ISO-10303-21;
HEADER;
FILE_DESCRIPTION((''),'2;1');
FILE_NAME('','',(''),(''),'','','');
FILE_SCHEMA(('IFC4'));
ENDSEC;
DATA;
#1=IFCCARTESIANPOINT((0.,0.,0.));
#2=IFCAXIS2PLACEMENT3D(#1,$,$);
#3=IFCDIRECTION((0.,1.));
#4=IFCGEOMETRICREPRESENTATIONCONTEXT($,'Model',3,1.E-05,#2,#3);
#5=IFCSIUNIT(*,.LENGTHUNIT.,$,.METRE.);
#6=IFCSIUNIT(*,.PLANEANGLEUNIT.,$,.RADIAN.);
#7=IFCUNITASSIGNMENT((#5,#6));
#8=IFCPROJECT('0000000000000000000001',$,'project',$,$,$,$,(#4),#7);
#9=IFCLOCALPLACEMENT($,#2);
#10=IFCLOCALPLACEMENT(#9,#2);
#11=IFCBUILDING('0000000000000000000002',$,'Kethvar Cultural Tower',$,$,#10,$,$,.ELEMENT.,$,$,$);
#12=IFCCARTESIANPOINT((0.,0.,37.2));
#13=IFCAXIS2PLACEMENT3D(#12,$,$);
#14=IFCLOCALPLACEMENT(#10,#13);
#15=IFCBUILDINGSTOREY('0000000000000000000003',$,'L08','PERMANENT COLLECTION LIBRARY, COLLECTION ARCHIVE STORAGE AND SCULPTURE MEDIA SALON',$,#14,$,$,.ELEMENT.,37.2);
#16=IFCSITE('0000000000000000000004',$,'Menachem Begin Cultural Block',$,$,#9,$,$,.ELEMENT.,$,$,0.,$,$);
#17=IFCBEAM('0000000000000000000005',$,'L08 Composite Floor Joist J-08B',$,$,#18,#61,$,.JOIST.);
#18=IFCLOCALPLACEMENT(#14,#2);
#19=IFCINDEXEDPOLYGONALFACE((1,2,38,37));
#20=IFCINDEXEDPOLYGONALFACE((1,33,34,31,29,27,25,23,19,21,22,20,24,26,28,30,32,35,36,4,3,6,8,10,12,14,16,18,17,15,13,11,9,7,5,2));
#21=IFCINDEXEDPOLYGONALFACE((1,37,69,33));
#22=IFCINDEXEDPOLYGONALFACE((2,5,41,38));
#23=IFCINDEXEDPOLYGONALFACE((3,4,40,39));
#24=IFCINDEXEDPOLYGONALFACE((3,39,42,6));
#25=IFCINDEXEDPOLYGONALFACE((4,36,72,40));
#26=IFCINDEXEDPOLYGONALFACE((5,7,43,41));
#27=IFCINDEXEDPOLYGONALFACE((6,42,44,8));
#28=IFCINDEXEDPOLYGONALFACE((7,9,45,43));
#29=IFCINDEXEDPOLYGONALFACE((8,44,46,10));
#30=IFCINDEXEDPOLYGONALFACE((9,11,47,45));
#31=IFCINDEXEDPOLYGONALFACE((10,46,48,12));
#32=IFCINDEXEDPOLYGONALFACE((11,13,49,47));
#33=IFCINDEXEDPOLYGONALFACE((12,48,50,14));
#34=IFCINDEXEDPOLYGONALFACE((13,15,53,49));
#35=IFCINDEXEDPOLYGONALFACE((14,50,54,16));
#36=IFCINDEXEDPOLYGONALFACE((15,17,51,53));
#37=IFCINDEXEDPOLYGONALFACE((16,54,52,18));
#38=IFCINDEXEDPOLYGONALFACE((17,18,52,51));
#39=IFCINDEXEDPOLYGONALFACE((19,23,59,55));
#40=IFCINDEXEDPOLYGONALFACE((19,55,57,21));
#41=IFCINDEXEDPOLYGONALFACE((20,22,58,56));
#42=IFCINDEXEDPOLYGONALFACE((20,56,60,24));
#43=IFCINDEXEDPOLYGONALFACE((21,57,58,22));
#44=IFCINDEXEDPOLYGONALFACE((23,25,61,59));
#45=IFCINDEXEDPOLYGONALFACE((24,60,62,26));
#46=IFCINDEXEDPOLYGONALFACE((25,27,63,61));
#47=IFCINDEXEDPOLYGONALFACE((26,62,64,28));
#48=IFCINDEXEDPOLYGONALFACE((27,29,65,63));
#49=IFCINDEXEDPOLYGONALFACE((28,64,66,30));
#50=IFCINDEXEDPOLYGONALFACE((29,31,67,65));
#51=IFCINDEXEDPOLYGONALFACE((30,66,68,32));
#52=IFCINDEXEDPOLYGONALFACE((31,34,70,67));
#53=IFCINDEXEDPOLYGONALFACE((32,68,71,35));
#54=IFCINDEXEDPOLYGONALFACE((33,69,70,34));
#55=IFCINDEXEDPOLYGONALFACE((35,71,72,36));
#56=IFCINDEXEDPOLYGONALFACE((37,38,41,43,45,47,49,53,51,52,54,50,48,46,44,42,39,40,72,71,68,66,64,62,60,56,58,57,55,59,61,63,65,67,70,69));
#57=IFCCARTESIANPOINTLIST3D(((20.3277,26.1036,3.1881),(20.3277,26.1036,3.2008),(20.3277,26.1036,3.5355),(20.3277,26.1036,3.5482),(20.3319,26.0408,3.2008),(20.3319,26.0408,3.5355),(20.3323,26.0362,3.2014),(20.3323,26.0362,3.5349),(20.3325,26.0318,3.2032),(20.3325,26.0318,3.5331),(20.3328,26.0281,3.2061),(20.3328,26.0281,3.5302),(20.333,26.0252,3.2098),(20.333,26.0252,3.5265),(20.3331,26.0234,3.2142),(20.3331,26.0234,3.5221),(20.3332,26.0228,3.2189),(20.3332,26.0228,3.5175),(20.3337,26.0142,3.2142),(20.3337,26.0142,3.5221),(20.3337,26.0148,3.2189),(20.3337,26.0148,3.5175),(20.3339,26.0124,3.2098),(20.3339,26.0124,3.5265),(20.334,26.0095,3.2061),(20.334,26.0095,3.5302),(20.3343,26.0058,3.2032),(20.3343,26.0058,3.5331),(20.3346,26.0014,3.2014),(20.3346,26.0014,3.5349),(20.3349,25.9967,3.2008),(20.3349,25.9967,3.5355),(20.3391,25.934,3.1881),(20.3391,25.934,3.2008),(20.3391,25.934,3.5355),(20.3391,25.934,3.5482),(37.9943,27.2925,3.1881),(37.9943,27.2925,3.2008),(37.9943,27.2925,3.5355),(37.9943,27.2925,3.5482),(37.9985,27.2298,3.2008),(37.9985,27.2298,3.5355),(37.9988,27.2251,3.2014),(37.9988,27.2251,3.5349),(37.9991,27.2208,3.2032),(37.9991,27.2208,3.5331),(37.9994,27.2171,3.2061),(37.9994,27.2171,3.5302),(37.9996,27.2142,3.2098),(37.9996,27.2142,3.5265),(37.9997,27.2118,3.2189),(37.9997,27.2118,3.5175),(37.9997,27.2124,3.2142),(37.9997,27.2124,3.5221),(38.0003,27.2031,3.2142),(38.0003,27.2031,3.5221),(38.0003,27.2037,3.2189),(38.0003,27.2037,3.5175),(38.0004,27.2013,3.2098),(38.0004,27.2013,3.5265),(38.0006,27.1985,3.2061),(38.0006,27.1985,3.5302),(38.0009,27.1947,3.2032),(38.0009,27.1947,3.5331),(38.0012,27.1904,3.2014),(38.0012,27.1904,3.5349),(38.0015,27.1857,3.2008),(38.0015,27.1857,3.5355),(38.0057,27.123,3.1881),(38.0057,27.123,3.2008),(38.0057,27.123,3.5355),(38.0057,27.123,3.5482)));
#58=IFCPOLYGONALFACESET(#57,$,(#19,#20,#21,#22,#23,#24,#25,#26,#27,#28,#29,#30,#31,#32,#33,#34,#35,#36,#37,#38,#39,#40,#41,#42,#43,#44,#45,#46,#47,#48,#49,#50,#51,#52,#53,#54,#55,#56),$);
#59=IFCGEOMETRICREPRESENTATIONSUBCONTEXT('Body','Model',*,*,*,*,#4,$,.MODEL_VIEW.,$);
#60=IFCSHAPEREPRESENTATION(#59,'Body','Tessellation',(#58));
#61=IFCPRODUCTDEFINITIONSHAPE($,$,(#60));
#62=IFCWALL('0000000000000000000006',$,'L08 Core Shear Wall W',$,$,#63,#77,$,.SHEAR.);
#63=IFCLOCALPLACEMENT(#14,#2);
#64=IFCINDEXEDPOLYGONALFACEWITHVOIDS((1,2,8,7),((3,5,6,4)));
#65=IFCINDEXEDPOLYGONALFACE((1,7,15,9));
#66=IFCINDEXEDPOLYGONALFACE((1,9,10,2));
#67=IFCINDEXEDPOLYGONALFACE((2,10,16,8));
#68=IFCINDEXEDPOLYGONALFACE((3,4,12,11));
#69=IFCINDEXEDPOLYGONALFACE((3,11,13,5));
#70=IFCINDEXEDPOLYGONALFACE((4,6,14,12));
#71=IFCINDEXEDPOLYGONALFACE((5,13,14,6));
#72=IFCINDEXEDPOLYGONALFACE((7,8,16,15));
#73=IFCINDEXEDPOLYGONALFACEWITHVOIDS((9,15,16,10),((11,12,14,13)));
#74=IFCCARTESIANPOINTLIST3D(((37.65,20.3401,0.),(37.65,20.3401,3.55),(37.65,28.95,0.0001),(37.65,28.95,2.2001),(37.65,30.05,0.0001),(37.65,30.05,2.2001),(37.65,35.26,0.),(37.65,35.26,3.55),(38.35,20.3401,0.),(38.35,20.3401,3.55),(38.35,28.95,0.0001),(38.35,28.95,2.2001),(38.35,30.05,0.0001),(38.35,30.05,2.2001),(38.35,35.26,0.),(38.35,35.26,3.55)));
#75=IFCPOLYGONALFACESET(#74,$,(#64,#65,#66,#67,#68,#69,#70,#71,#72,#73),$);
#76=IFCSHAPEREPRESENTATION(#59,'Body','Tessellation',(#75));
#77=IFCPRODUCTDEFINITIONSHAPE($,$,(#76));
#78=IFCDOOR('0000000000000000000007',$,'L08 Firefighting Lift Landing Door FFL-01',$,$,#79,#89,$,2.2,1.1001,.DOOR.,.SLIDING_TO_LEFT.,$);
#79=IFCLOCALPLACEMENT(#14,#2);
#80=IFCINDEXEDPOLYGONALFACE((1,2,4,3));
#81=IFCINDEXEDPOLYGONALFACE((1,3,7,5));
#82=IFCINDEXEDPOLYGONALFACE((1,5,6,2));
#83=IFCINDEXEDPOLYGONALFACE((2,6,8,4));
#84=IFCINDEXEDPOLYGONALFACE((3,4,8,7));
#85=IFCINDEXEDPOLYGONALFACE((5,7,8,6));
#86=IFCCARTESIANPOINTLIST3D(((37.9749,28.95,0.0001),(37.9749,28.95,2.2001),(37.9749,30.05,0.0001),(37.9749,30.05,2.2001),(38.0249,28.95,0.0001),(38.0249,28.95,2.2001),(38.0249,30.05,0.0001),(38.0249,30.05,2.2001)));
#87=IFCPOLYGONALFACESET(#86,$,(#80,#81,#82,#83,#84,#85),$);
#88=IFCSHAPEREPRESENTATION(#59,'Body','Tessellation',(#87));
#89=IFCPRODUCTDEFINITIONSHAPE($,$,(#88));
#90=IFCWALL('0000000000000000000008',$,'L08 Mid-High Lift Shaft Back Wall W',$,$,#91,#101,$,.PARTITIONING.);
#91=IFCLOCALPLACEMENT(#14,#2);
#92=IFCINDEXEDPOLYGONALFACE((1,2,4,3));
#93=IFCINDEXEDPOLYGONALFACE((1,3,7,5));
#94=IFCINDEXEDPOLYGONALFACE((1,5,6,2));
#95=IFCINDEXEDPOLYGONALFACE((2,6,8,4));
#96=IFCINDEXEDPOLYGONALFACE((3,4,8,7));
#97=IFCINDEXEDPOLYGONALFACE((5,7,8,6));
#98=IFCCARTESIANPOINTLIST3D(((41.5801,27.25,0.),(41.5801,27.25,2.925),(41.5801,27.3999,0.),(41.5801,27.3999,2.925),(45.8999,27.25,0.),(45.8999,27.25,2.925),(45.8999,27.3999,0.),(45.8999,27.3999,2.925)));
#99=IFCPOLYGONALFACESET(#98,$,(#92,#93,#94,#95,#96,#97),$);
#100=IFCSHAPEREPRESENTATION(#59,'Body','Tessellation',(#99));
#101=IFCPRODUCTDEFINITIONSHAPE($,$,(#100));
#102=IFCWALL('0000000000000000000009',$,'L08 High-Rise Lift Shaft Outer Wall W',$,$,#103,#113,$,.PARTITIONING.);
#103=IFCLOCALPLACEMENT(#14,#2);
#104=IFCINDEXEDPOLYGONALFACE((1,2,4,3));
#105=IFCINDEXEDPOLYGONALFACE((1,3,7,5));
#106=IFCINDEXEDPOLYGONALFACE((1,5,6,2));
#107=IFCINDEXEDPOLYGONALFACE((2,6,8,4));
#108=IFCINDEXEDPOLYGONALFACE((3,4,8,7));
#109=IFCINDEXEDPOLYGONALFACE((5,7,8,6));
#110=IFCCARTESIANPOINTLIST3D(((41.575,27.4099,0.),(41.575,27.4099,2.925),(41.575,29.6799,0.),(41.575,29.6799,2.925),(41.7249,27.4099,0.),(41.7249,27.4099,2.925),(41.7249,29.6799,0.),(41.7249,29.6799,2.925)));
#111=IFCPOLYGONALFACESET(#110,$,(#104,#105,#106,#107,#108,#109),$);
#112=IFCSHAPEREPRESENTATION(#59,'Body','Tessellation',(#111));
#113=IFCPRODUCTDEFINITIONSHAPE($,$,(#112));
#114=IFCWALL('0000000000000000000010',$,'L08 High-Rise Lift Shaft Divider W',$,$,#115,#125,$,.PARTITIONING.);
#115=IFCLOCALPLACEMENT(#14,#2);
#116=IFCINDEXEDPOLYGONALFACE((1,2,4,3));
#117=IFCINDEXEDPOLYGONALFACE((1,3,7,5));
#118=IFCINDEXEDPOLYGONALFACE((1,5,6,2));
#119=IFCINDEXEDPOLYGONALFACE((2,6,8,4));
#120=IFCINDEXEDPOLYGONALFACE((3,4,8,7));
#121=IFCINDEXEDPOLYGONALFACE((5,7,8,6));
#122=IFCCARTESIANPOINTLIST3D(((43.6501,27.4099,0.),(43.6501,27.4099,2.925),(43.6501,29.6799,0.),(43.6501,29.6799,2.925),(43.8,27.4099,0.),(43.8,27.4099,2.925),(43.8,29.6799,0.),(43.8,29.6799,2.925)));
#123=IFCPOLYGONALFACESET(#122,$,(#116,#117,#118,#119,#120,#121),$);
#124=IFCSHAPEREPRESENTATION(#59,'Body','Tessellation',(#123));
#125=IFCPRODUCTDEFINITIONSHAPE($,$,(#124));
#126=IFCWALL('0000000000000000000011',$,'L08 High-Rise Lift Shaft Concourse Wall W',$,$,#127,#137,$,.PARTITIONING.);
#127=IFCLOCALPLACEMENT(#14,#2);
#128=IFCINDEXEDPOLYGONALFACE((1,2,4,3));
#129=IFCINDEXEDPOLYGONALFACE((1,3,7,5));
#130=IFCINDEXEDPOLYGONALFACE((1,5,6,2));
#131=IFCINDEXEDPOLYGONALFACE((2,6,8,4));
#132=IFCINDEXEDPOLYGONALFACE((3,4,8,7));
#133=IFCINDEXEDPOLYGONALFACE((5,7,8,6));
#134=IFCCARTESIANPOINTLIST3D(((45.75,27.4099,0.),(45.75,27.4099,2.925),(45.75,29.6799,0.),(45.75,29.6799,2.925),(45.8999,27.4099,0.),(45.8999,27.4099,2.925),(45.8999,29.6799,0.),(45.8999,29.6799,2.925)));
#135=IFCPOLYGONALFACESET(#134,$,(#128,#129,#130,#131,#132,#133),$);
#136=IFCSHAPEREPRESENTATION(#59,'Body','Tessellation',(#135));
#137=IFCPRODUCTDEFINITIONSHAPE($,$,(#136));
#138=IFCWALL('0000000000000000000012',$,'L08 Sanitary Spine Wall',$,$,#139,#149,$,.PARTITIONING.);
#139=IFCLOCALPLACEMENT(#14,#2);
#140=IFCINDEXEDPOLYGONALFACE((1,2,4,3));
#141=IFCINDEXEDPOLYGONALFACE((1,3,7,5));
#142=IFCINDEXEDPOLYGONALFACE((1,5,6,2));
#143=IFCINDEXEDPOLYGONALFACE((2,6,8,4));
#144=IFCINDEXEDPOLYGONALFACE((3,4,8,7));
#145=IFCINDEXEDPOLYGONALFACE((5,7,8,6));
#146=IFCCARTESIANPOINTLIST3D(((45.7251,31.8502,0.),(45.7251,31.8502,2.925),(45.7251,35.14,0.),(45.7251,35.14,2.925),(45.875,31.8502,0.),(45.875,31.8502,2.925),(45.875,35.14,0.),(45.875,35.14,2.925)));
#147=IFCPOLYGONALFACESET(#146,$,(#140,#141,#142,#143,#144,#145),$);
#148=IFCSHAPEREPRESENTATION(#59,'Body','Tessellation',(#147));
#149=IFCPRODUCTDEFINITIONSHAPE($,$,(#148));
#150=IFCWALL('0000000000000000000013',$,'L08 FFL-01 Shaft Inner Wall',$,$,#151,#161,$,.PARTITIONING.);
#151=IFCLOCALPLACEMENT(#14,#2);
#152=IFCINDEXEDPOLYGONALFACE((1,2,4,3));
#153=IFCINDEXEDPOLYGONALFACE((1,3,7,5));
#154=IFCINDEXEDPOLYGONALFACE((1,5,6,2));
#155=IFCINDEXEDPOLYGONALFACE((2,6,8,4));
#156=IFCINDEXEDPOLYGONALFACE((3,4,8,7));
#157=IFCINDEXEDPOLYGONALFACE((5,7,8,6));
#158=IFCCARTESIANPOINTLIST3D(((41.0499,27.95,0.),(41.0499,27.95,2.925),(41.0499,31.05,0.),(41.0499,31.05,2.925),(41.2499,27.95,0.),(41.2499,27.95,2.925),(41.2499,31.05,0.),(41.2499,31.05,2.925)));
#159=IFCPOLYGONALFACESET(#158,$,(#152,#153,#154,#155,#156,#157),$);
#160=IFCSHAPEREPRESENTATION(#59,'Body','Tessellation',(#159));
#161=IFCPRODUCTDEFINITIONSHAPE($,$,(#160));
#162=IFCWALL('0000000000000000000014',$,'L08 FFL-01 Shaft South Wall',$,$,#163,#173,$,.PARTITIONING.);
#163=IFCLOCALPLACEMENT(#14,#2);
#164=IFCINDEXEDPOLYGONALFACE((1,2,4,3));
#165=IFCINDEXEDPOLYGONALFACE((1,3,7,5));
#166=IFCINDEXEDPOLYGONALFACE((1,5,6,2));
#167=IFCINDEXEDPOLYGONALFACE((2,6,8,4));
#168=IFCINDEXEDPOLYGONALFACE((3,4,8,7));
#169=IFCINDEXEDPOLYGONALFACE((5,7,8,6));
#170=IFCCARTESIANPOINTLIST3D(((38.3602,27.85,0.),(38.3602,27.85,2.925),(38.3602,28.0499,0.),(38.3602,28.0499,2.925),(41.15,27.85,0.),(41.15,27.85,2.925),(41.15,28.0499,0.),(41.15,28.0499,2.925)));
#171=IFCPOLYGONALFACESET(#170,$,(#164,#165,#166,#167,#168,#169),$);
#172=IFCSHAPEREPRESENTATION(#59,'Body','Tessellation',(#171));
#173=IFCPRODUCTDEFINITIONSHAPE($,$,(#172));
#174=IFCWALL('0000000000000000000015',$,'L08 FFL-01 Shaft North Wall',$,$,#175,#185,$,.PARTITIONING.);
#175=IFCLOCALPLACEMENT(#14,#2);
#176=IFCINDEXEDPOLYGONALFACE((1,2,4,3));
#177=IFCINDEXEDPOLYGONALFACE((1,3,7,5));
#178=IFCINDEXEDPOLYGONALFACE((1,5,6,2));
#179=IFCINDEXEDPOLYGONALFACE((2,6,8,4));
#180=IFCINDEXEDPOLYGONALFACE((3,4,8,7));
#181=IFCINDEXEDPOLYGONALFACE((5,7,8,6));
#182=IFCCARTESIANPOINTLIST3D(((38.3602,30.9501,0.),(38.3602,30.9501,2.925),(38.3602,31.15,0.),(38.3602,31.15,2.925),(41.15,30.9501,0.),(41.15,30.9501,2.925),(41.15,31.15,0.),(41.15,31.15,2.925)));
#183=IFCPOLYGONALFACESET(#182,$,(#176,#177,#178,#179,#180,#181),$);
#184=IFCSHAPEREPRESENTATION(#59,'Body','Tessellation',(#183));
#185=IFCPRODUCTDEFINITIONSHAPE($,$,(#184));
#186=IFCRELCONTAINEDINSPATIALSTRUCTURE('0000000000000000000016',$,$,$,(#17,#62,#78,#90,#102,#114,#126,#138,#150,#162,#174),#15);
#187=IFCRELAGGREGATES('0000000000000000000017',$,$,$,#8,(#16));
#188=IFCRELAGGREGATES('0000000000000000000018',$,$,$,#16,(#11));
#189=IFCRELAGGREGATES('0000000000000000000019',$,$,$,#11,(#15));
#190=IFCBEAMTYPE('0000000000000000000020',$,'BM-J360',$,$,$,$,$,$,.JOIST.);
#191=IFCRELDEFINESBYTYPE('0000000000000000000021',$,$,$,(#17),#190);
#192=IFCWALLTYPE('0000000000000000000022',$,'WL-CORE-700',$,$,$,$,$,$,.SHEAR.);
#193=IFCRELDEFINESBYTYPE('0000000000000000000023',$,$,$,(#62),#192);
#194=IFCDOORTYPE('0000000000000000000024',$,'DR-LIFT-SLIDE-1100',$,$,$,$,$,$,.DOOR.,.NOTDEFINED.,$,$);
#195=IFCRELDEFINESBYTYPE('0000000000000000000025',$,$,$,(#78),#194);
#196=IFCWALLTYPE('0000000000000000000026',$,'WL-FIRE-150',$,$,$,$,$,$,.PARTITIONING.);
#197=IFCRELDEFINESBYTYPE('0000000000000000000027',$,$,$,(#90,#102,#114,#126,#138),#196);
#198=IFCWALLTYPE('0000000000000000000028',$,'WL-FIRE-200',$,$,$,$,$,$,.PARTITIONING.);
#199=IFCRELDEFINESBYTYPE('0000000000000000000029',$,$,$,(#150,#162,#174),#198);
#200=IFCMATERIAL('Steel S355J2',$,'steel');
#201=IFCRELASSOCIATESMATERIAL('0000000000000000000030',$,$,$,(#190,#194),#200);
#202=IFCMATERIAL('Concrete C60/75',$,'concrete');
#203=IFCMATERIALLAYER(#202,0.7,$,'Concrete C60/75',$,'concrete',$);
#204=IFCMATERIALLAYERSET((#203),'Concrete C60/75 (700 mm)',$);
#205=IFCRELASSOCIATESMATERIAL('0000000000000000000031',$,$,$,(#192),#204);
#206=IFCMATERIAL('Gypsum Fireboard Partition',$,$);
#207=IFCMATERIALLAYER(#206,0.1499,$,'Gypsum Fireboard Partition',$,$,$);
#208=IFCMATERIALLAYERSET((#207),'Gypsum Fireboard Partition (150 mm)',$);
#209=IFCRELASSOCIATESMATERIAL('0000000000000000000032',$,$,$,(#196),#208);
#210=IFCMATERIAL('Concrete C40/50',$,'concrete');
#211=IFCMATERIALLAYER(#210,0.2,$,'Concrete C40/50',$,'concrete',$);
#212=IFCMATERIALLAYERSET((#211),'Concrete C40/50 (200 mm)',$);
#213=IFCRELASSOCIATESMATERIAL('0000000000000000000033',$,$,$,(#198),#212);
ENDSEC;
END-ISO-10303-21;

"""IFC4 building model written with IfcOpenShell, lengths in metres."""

from ifc_helpers import new_model, si_unit, direction, frame, frame_2d, origin, origin_2d, place, context, subcontext, project, spatial, rectangle, i_section, extrude, source, transform, mapped, material, layer, layer_set, material_profile, profile_set, type_object, element, fill, save


model = new_model("IFC4")

# Units and contexts
model_context = context("Model", 3, precision=1e-05, world=origin(), true_north=direction((0.0, 1.0)))
body_context = subcontext(model_context, "Body", "Model", "MODEL_VIEW")
ifc_project = project(units=[si_unit("LENGTHUNIT", "METRE"), si_unit("PLANEANGLEUNIT", "RADIAN")], contexts=[model_context])

# Site, building, storey
site_placement = place(None, origin())
site = spatial("IfcSite", under=ifc_project, at=site_placement, Name="Menachem Begin Cultural Block", CompositionType="ELEMENT", RefElevation=0.0)
building_placement = place(site_placement, origin())
building = spatial("IfcBuilding", under=site, at=building_placement, Name="Kethvar Cultural Tower", CompositionType="ELEMENT")
storey_placement = place(building_placement, frame((0.0, 0.0, 37.2)))
storey = spatial("IfcBuildingStorey", under=building, at=storey_placement, Name="L08", Description="PERMANENT COLLECTION LIBRARY, COLLECTION ARCHIVE STORAGE AND SCULPTURE MEDIA SALON", CompositionType="ELEMENT", Elevation=37.2)

# Beam
ifc_material_1 = material(Name="Steel S355J2", Category="steel")
ifc_material_profile_1 = material_profile(ifc_material_1, i_section(OverallWidth=0.1699, OverallDepth=0.3601, WebThickness=0.0081, FlangeThickness=0.0127, FilletRadius=0.0181, at=origin_2d()), Name="Steel S355J2 — IPE360")
ifc_profile_set_1 = profile_set([ifc_material_profile_1], Name="Steel S355J2 — IPE360")
beam_type_1 = type_object("IfcBeamType", Name="BM-J360", PredefinedType="JOIST", material=ifc_profile_set_1)
shared_shape_1 = source(origin(), body_context, "Body", "SweptSolid", [
    extrude(i_section(OverallWidth=0.1699, OverallDepth=0.3601, WebThickness=0.0081, FlangeThickness=0.0127, FilletRadius=0.0181, at=origin_2d()), origin(), (0.0, 0.0, 1.0), 17.7065),
])
beam_1_placement = place(storey_placement, frame((38.0, 27.2078, 3.3682), z_axis=(-0.997743, -0.067149, 0.0), x_axis=(0.067149, -0.997743, 0.0)))
element("IfcBeam", 1, at=beam_1_placement, inside=storey, type_object=beam_type_1, Name="L08 Composite Floor Joist J-08B", PredefinedType="JOIST", context=body_context, shape_type="MappedRepresentation", body=[
    mapped(shared_shape_1, transform((0.0, 0.0, 0.0), scale=1.0)),
])

# Wall, opening, door
ifc_material_2 = material(Name="Concrete C60/75", Category="concrete")
ifc_layer_1 = layer(ifc_material_2, 0.7, Name="Concrete C60/75", Category="concrete")
ifc_layer_set_1 = layer_set([ifc_layer_1], Name="Concrete C60/75 (700 mm)")
wall_type_1 = type_object("IfcWallType", Name="WL-CORE-700", PredefinedType="SHEAR", material=ifc_layer_set_1)
wall_1_placement = place(storey_placement, frame((38.0, 35.26, 0.0), z_axis=(0.0, 0.0, 1.0), x_axis=(0.0, -1.0, 0.0)))
wall_1 = element("IfcWall", 2, at=wall_1_placement, inside=storey, type_object=wall_type_1, Name="L08 Core Shear Wall W", PredefinedType="SHEAR", context=body_context, shape_type="SweptSolid", body=[
    extrude(rectangle(XDim=14.9199, YDim=0.7, at=frame_2d((7.46, 0.0))), origin(), (0.0, 0.0, 1.0), 3.55),
])
opening_placement = place(wall_1_placement, frame((5.21, 0.0, 0.0)))
opening = element("IfcOpeningElement", 3, at=opening_placement, cuts=wall_1, PredefinedType="OPENING", context=body_context, shape_type="SweptSolid", body=[
    extrude(rectangle(XDim=1.1001, YDim=2.2, at=frame_2d((0.55, 1.1001))), frame((0.0, 0.3599, 0.0), z_axis=(0.0, -1.0, 0.0), x_axis=(1.0, 0.0, 0.0)), (0.0, 0.0, 1.0), 0.72),
])
door_type = type_object("IfcDoorType", Name="DR-LIFT-SLIDE-1100", OperationType="NOTDEFINED", PredefinedType="DOOR", material=ifc_material_1)
shared_shape_2 = source(origin(), body_context, "Body", "SweptSolid", [
    extrude(rectangle(XDim=1.1001, YDim=2.2, at=frame_2d((0.55, 1.1001))), frame((0.0, 0.0249, 0.0), z_axis=(0.0, -1.0, 0.0), x_axis=(1.0, 0.0, 0.0)), (0.0, 0.0, 1.0), 0.05),
])
door_placement = place(opening_placement, origin())
door = element("IfcDoor", 4, at=door_placement, inside=storey, type_object=door_type, Name="L08 Firefighting Lift Landing Door FFL-01", OperationType="SLIDING_TO_LEFT", OverallHeight=2.2, OverallWidth=1.1001, PredefinedType="DOOR", context=body_context, shape_type="MappedRepresentation", body=[
    mapped(shared_shape_2, transform((0.0, 0.0, 0.0), scale=1.0)),
])
fill(opening, door)

# Walls
ifc_material_3 = material(Name="Gypsum Fireboard Partition")
ifc_layer_2 = layer(ifc_material_3, 0.1499, Name="Gypsum Fireboard Partition")
ifc_layer_set_2 = layer_set([ifc_layer_2], Name="Gypsum Fireboard Partition (150 mm)")
wall_type_2 = type_object("IfcWallType", Name="WL-FIRE-150", PredefinedType="PARTITIONING", material=ifc_layer_set_2)
wall_2_placement = place(storey_placement, frame((41.5801, 27.325, 0.0), z_axis=(0.0, 0.0, 1.0), x_axis=(1.0, 0.0, 0.0)))
element("IfcWall", 5, at=wall_2_placement, inside=storey, type_object=wall_type_2, Name="L08 Mid-High Lift Shaft Back Wall W", PredefinedType="PARTITIONING", context=body_context, shape_type="SweptSolid", body=[
    extrude(rectangle(XDim=4.3198, YDim=0.1499, at=frame_2d((2.1599, 0.0))), origin(), (0.0, 0.0, 1.0), 2.925),
])
for number, where, z_axis, x_axis, name in (
    (6, (41.6499, 27.4099, 0.0), (0.0, 0.0, 1.0), (0.0, 1.0, 0.0), "L08 High-Rise Lift Shaft Outer Wall W"),
    (7, (43.7251, 27.4099, 0.0), (0.0, 0.0, 1.0), (0.0, 1.0, 0.0), "L08 High-Rise Lift Shaft Divider W"),
    (8, (45.825, 27.4099, 0.0), (0.0, 0.0, 1.0), (0.0, 1.0, 0.0), "L08 High-Rise Lift Shaft Concourse Wall W"),
):
    element("IfcWall", number, at=place(storey_placement, frame(where, z_axis=z_axis, x_axis=x_axis)), inside=storey, type_object=wall_type_2, Name=name, PredefinedType="PARTITIONING", context=body_context, shape_type="SweptSolid", body=[
        extrude(rectangle(XDim=2.27, YDim=0.1499, at=frame_2d((1.135, 0.0))), origin(), (0.0, 0.0, 1.0), 2.925),
    ])
wall_3_placement = place(storey_placement, frame((45.8, 31.8501, 0.0), z_axis=(0.0, 0.0, 1.0), x_axis=(0.0, 1.0, 0.0)))
element("IfcWall", 9, at=wall_3_placement, inside=storey, type_object=wall_type_2, Name="L08 Sanitary Spine Wall", PredefinedType="PARTITIONING", context=body_context, shape_type="SweptSolid", body=[
    extrude(rectangle(XDim=3.2898, YDim=0.1499, at=frame_2d((1.645, 0.0))), origin(), (0.0, 0.0, 1.0), 2.925),
])
ifc_material_4 = material(Name="Concrete C40/50", Category="concrete")
ifc_layer_3 = layer(ifc_material_4, 0.2, Name="Concrete C40/50", Category="concrete")
ifc_layer_set_3 = layer_set([ifc_layer_3], Name="Concrete C40/50 (200 mm)")
wall_type_3 = type_object("IfcWallType", Name="WL-FIRE-200", PredefinedType="PARTITIONING", material=ifc_layer_set_3)
wall_4_placement = place(storey_placement, frame((41.1499, 27.95, 0.0), z_axis=(0.0, 0.0, 1.0), x_axis=(0.0, 1.0, 0.0)))
element("IfcWall", 10, at=wall_4_placement, inside=storey, type_object=wall_type_3, Name="L08 FFL-01 Shaft Inner Wall", PredefinedType="PARTITIONING", context=body_context, shape_type="SweptSolid", body=[
    extrude(rectangle(XDim=3.1001, YDim=0.2, at=frame_2d((1.55, 0.0))), origin(), (0.0, 0.0, 1.0), 2.925),
])
for number, where, z_axis, x_axis, name in (
    (11, (38.3601, 27.95, 0.0), (0.0, 0.0, 1.0), (1.0, 0.0, 0.0), "L08 FFL-01 Shaft South Wall"),
    (12, (38.3601, 31.05, 0.0), (0.0, 0.0, 1.0), (1.0, 0.0, 0.0), "L08 FFL-01 Shaft North Wall"),
):
    element("IfcWall", number, at=place(storey_placement, frame(where, z_axis=z_axis, x_axis=x_axis)), inside=storey, type_object=wall_type_3, Name=name, PredefinedType="PARTITIONING", context=body_context, shape_type="SweptSolid", body=[
        extrude(rectangle(XDim=2.7898, YDim=0.2, at=frame_2d((1.395, 0.0))), origin(), (0.0, 0.0, 1.0), 2.925),
    ])

save(model, "model.ifc")
